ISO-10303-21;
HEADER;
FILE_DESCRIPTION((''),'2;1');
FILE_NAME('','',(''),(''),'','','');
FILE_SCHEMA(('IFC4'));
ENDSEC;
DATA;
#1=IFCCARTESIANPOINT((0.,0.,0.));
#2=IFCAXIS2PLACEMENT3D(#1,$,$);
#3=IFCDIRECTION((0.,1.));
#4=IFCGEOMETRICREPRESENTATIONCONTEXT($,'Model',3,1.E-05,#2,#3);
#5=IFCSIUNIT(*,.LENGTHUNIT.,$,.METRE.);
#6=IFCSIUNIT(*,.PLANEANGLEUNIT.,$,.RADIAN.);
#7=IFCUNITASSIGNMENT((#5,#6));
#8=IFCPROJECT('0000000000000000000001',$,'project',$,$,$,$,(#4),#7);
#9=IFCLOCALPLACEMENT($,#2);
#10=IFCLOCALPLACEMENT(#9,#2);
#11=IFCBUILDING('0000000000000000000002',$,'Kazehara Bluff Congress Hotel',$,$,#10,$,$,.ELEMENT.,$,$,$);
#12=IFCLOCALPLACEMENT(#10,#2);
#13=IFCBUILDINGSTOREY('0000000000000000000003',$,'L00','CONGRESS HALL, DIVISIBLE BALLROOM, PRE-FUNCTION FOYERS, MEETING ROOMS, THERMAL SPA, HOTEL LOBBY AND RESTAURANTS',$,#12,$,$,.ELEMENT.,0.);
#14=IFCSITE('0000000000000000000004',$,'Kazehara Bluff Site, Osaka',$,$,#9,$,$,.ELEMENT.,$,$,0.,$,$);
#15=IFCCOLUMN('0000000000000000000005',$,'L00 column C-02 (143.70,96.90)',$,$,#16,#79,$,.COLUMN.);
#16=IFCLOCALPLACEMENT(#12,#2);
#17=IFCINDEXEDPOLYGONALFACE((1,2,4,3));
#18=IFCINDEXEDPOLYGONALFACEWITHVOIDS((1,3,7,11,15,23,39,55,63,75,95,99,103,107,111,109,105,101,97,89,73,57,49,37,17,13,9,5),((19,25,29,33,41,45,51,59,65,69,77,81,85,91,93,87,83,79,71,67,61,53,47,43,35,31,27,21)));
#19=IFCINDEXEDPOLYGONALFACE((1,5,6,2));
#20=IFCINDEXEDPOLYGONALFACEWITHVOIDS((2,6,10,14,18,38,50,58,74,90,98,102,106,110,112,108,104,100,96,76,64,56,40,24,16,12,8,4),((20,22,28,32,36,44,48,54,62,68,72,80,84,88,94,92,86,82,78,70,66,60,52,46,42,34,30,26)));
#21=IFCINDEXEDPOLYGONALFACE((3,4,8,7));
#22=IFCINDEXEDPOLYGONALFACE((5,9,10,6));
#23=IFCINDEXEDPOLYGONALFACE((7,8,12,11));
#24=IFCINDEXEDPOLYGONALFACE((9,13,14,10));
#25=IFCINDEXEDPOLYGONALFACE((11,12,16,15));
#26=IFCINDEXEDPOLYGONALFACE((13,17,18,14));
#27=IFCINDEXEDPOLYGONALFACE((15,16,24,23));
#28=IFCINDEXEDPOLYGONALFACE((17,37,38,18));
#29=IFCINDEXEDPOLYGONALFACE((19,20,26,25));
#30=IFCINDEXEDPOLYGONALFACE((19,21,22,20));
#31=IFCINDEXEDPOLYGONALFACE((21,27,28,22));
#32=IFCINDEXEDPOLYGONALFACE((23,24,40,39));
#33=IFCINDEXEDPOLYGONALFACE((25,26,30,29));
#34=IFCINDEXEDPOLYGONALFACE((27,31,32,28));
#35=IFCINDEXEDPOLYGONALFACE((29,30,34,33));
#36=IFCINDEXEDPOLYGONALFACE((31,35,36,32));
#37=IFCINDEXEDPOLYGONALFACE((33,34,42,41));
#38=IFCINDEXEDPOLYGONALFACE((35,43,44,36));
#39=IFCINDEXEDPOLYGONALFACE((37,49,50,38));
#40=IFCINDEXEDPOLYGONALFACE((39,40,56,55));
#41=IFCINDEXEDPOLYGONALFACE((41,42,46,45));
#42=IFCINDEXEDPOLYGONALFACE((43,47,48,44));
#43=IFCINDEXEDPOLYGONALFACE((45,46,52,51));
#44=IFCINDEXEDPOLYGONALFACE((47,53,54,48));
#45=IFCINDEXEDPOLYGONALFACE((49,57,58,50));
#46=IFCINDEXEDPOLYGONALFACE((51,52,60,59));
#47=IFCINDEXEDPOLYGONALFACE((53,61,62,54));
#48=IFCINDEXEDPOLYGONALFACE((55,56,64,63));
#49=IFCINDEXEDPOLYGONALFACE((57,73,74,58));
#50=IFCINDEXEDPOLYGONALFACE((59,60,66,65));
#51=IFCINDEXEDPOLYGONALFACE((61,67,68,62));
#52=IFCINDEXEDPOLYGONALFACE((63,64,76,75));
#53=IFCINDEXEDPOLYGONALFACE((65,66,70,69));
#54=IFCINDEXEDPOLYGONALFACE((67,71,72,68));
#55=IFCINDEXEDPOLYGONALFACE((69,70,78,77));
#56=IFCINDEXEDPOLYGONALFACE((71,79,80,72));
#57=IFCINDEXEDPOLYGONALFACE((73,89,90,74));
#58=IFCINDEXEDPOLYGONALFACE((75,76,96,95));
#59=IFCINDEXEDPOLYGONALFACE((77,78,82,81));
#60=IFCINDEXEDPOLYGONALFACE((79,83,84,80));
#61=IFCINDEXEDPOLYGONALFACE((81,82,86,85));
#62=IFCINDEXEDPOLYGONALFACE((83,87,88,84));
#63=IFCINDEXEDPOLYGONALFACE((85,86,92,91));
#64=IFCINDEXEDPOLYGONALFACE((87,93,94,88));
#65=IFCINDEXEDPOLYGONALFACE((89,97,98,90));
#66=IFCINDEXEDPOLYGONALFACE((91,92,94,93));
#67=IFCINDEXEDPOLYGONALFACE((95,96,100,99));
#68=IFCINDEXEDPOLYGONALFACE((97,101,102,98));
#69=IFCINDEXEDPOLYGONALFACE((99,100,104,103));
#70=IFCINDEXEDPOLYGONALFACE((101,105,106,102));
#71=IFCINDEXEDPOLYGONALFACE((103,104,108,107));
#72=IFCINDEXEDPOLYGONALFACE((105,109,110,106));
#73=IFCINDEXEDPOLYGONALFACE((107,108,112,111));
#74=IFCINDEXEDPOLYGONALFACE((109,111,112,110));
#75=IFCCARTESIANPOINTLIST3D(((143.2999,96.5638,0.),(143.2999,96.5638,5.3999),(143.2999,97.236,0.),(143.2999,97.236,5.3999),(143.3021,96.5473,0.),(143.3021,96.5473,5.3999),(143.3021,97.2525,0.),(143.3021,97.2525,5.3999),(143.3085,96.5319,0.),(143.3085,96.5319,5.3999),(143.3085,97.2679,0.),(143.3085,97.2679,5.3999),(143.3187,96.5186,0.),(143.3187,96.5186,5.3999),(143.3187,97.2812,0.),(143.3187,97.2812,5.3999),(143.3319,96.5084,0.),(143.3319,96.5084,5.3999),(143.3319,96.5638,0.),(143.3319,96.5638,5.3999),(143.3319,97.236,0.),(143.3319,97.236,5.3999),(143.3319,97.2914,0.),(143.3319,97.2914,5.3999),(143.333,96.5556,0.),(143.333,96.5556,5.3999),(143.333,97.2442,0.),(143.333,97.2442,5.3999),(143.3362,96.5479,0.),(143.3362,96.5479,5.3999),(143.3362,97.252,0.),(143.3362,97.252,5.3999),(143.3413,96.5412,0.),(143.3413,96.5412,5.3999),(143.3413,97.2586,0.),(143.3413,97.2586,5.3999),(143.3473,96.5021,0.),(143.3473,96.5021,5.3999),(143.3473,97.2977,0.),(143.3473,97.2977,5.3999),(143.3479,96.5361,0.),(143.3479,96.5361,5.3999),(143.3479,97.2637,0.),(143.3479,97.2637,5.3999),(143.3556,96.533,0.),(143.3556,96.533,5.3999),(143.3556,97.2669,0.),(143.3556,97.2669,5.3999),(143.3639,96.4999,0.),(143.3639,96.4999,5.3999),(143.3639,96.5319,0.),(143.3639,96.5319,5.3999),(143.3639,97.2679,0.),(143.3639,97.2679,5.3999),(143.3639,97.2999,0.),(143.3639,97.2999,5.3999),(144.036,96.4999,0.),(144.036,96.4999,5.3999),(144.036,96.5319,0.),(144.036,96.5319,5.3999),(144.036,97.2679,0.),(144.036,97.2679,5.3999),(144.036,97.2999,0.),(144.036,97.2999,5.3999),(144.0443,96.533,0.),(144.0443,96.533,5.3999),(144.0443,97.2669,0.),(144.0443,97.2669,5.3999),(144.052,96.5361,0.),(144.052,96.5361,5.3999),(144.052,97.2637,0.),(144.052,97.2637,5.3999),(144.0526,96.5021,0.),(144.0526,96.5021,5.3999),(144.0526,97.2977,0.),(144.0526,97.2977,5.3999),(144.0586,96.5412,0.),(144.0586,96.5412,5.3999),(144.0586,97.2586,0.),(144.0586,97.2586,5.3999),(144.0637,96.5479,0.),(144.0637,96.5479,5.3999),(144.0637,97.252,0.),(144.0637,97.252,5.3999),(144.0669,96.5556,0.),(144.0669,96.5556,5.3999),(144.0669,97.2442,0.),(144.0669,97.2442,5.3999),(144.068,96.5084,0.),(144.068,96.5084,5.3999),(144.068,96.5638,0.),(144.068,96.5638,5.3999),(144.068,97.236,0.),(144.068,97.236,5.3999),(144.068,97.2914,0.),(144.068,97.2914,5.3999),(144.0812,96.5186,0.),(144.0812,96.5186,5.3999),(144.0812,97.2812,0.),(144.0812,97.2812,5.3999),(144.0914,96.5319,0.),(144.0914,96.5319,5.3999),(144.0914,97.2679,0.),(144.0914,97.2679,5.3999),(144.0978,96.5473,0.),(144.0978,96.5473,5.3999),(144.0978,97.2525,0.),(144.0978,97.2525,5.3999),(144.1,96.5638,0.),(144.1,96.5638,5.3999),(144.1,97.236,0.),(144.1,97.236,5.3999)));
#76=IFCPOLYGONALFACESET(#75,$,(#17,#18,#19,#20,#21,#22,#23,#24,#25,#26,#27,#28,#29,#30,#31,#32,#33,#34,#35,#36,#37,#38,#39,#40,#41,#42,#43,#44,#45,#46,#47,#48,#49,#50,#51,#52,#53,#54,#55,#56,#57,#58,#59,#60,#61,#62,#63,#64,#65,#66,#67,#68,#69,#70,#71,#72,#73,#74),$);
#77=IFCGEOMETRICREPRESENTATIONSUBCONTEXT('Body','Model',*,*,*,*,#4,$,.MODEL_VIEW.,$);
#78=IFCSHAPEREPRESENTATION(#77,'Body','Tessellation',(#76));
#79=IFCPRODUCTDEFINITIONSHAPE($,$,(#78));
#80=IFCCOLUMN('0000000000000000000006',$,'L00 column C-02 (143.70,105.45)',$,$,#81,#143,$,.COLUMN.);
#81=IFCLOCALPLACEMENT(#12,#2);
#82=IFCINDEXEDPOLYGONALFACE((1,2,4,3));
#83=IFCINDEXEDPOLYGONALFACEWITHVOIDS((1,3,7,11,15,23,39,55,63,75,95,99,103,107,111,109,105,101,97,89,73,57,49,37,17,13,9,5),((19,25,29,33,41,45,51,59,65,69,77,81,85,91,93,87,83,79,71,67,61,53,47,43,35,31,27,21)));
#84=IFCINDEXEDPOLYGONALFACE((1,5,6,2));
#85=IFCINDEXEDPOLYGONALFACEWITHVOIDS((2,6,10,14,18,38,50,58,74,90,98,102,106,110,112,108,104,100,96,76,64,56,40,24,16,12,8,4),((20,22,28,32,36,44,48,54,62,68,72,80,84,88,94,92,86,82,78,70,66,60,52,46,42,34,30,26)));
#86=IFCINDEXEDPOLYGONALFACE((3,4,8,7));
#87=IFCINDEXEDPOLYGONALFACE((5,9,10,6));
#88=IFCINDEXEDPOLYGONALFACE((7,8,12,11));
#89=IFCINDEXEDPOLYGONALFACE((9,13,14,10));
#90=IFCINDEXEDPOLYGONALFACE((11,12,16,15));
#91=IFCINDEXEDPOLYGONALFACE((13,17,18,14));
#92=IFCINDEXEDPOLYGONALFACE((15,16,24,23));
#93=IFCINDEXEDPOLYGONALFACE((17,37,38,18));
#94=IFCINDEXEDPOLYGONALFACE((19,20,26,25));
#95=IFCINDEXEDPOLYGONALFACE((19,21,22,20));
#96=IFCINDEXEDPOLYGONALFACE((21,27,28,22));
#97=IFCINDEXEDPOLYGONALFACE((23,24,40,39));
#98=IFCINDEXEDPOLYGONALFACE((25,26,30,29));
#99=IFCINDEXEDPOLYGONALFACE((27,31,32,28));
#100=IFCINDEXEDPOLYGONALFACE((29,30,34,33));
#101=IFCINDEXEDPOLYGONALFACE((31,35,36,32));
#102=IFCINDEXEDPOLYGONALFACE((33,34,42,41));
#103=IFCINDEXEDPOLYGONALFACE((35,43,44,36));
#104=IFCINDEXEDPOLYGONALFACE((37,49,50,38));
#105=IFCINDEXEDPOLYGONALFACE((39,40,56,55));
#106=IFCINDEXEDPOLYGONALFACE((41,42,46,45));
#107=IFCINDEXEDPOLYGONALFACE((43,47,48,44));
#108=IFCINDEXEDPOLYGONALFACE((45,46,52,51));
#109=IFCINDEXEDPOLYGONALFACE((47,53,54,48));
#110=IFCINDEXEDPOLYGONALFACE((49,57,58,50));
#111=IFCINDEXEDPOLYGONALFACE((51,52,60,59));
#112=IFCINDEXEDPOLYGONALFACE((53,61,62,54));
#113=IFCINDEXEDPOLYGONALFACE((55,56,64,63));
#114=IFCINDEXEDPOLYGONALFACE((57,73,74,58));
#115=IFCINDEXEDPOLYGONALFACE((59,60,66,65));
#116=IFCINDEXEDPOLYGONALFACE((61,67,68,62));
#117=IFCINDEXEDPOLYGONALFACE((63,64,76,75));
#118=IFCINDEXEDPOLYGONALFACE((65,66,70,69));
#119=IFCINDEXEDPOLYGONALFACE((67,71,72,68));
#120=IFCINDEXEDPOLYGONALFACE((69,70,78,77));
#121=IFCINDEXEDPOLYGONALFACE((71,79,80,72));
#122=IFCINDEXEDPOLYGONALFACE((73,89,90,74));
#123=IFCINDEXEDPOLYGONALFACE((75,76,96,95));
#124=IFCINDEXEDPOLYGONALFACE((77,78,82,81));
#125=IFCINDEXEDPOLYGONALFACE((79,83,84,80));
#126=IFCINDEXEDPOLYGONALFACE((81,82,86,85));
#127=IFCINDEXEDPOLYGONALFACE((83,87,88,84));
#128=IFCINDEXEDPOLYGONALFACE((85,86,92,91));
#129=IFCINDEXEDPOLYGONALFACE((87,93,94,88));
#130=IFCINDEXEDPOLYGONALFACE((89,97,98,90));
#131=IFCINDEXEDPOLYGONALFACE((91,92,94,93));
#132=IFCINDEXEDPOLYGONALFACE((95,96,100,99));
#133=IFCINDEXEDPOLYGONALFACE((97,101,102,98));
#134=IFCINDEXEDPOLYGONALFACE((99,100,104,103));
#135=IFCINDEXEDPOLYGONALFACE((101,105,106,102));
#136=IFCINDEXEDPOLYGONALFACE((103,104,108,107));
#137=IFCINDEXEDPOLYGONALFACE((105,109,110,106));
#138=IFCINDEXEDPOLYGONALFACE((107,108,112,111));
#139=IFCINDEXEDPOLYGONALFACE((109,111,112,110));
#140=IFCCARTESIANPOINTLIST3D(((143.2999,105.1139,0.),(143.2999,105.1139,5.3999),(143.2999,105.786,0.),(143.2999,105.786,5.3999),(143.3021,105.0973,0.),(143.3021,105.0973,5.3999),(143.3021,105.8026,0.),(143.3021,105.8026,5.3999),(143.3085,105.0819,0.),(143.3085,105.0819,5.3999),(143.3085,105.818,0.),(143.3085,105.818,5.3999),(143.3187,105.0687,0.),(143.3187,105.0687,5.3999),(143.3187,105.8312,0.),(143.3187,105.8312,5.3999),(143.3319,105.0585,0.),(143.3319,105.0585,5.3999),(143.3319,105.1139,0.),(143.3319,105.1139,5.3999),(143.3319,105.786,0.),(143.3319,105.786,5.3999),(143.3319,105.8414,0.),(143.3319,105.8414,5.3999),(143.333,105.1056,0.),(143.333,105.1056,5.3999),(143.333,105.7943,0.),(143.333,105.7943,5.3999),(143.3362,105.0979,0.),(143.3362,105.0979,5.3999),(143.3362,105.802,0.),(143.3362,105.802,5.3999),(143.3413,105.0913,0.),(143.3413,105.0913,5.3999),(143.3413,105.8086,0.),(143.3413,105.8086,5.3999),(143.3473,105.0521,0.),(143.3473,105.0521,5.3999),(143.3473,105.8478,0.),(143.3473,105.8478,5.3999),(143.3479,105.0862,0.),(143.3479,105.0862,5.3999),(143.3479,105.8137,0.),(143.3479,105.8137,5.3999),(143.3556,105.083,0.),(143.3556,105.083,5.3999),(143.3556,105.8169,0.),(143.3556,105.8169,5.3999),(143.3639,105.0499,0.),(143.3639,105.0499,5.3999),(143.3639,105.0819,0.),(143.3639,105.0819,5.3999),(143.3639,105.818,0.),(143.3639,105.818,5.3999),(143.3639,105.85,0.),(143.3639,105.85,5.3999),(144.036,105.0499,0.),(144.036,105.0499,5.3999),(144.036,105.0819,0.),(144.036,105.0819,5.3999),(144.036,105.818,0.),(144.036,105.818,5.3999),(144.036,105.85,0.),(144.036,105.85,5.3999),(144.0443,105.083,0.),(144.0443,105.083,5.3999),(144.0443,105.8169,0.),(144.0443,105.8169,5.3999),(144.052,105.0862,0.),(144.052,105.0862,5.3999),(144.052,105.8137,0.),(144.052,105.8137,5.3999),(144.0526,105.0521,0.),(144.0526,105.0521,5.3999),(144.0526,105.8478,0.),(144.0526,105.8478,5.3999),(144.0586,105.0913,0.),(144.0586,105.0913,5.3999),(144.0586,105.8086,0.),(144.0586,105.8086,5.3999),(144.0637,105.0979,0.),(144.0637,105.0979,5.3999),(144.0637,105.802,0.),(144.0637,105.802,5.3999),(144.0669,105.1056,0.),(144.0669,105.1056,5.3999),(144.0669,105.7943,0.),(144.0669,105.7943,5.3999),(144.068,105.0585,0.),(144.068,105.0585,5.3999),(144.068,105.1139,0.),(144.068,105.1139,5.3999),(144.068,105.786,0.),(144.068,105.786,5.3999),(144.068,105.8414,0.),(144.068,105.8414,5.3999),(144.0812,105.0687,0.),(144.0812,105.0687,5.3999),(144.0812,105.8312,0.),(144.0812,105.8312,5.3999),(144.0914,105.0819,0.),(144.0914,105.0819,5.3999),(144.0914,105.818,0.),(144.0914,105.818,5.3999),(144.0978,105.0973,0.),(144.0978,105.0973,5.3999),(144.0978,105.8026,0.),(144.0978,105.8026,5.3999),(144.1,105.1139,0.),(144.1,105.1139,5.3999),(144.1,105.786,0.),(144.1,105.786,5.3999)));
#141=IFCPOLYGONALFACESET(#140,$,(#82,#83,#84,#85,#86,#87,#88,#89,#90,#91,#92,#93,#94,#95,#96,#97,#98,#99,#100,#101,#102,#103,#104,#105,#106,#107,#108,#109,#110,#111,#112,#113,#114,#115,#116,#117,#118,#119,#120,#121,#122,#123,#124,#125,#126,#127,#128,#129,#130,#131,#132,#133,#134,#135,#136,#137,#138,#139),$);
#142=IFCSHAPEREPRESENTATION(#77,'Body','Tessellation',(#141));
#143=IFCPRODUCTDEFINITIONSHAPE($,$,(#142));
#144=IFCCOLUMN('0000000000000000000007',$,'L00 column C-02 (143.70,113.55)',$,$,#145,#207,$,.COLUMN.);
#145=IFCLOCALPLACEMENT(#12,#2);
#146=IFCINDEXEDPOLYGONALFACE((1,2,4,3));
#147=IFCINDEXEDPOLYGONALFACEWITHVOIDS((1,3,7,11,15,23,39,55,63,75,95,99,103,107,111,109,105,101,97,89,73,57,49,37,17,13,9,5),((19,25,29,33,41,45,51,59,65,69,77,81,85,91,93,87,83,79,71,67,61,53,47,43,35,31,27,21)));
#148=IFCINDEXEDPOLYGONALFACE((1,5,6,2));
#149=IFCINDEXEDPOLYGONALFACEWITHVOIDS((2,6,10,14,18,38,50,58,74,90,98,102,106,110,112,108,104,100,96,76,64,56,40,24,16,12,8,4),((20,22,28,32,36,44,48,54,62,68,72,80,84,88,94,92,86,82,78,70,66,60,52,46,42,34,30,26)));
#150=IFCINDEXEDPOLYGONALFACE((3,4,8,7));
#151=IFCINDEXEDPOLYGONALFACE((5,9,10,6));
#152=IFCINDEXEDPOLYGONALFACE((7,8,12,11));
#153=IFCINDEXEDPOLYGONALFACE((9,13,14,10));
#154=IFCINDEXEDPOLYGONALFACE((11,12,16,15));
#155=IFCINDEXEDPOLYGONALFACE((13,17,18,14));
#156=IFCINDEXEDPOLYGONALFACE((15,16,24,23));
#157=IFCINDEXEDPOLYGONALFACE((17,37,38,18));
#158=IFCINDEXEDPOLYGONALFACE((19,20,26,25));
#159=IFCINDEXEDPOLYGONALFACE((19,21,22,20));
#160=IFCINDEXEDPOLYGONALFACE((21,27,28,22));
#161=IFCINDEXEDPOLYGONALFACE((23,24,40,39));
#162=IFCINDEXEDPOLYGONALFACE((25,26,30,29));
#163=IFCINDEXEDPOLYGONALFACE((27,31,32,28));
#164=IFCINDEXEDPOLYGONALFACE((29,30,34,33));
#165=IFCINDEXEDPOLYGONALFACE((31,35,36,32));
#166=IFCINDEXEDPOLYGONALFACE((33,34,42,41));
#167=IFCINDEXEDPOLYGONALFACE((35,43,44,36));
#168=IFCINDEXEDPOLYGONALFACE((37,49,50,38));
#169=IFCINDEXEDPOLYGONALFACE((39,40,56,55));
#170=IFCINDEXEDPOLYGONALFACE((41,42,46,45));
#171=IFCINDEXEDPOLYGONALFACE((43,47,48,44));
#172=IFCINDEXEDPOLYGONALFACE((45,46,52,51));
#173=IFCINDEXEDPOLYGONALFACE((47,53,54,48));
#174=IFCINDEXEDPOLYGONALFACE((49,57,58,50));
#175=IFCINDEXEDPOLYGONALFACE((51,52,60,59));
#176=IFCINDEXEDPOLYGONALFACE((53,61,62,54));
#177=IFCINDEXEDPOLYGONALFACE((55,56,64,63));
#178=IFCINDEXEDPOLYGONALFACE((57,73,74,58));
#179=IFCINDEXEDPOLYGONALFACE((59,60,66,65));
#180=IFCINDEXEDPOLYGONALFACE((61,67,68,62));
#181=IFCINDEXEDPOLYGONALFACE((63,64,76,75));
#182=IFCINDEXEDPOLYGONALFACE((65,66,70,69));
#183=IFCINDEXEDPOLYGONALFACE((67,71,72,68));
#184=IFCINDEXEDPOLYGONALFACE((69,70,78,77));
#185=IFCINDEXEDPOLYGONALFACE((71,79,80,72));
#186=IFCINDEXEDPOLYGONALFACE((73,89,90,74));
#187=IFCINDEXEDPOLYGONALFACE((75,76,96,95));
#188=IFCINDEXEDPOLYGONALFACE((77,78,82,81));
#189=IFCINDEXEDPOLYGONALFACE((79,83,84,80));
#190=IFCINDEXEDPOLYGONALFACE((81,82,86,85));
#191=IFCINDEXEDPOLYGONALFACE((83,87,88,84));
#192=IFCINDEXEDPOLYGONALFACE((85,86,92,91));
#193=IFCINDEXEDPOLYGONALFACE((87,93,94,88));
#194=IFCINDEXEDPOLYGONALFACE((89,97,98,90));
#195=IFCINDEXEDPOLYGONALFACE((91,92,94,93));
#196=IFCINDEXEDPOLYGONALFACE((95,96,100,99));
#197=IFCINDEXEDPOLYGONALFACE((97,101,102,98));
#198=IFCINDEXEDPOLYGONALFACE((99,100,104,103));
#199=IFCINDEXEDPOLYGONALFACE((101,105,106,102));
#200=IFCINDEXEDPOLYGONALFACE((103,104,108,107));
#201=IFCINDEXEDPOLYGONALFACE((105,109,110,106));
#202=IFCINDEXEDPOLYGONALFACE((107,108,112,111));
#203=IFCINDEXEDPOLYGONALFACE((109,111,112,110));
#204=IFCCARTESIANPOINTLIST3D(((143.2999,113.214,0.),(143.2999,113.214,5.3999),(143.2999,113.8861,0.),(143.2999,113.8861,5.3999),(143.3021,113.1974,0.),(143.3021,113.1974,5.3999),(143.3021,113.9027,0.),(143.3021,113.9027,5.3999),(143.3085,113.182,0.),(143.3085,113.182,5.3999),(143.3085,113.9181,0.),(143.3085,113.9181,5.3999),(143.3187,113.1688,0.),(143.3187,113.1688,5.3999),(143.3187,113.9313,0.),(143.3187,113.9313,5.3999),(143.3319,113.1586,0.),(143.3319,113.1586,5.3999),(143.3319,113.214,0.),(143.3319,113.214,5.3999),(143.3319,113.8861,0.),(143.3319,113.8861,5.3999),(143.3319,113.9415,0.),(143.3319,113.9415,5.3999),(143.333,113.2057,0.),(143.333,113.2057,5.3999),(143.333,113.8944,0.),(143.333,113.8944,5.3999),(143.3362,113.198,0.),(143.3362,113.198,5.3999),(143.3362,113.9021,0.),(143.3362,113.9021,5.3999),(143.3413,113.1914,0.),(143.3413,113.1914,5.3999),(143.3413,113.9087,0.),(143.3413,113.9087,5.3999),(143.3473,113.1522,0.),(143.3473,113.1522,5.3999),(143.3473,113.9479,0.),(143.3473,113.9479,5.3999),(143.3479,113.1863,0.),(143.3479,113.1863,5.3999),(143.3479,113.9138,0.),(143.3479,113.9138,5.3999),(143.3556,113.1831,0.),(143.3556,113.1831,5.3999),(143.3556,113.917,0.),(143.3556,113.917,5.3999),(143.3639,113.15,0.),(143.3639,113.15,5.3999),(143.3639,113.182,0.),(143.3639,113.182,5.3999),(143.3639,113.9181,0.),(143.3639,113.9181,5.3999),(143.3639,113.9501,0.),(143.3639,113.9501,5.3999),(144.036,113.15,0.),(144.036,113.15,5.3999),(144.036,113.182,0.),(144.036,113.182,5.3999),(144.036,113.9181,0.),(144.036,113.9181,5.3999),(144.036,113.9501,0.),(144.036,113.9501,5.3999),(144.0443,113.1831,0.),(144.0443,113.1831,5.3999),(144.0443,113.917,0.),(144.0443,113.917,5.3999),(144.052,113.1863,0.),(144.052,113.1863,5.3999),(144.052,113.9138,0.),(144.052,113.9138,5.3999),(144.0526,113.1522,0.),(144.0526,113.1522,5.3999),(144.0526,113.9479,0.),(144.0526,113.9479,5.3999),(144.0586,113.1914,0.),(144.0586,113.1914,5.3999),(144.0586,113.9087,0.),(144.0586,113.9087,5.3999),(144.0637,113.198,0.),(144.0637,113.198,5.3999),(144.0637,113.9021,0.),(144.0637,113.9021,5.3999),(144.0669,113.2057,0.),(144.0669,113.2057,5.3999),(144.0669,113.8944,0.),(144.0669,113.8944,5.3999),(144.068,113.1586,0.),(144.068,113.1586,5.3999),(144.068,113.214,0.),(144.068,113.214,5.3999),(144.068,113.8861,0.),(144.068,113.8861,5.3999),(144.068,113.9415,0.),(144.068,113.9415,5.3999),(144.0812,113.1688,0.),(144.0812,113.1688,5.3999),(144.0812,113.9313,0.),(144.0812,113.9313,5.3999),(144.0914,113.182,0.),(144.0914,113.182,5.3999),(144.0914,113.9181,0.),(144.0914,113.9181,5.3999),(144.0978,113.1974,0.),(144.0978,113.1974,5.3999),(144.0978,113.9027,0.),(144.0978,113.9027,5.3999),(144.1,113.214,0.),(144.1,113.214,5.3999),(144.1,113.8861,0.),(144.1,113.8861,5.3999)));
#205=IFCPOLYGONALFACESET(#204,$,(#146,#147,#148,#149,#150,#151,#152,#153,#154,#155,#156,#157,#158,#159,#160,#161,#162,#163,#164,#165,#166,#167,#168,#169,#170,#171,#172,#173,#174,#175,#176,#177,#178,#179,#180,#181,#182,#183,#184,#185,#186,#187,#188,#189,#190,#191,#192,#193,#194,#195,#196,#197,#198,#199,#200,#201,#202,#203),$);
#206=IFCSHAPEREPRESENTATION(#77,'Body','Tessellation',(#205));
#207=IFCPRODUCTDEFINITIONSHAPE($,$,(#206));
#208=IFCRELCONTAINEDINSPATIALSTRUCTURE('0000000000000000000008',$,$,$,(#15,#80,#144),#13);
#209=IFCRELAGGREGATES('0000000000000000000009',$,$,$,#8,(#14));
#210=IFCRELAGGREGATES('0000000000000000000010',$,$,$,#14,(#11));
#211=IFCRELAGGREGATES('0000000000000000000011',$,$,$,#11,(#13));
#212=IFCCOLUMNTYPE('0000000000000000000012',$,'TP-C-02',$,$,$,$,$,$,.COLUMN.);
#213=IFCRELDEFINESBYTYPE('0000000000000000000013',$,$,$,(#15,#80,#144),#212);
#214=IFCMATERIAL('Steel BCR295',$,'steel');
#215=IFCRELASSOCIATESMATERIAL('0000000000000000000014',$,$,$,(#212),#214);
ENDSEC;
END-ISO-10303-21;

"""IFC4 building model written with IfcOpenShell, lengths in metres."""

from ifc_helpers import new_model, si_unit, direction, frame, origin, origin_2d, place, context, subcontext, project, spatial, hollow_rectangle, extrude, material, material_profile, profile_set, type_object, element, save


model = new_model("IFC4")

# Units and contexts
model_context = context("Model", 3, precision=1e-05, world=origin(), true_north=direction((0.0, 1.0)))
body_context = subcontext(model_context, "Body", "Model", "MODEL_VIEW")
ifc_project = project(units=[si_unit("LENGTHUNIT", "METRE"), si_unit("PLANEANGLEUNIT", "RADIAN")], contexts=[model_context])

# Site, building, storey
site_placement = place(None, origin())
site = spatial("IfcSite", under=ifc_project, at=site_placement, Name="Kazehara Bluff Site, Osaka", CompositionType="ELEMENT", RefElevation=0.0)
building_placement = place(site_placement, origin())
building = spatial("IfcBuilding", under=site, at=building_placement, Name="Kazehara Bluff Congress Hotel", CompositionType="ELEMENT")
storey_placement = place(building_placement, origin())
storey = spatial("IfcBuildingStorey", under=building, at=storey_placement, Name="L00", Description="CONGRESS HALL, DIVISIBLE BALLROOM, PRE-FUNCTION FOYERS, MEETING ROOMS, THERMAL SPA, HOTEL LOBBY AND RESTAURANTS", CompositionType="ELEMENT", Elevation=0.0)

# Columns
ifc_material_1 = material(Name="Steel BCR295", Category="steel")
ifc_material_profile_1 = material_profile(ifc_material_1, hollow_rectangle(XDim=0.8, YDim=0.8, WallThickness=0.032, InnerFilletRadius=0.032, OuterFilletRadius=0.064, at=origin_2d()))
ifc_profile_set_1 = profile_set([ifc_material_profile_1], Name="Steel BCR295")
column_type = type_object("IfcColumnType", Name="TP-C-02", PredefinedType="COLUMN", material=ifc_profile_set_1)
for number, where, z_axis, x_axis, name in (
    (1, (143.7, 96.8999, 0.0), (0.0, 0.0, 1.0), (1.0, 0.0, 0.0), "L00 column C-02 (143.70,96.90)"),
    (2, (143.7, 105.45, 0.0), (0.0, 0.0, 1.0), (1.0, 0.0, 0.0), "L00 column C-02 (143.70,105.45)"),
    (3, (143.7, 113.55, 0.0), (0.0, 0.0, 1.0), (1.0, 0.0, 0.0), "L00 column C-02 (143.70,113.55)"),
):
    element("IfcColumn", number, at=place(storey_placement, frame(where, z_axis=z_axis, x_axis=x_axis)), inside=storey, type_object=column_type, Name=name, PredefinedType="COLUMN", context=body_context, shape_type="SweptSolid", body=[
        extrude(hollow_rectangle(XDim=0.8, YDim=0.8, WallThickness=0.032, InnerFilletRadius=0.032, OuterFilletRadius=0.064, at=origin_2d()), origin(), (0.0, 0.0, 1.0), 5.3999),
    ])

save(model, "model.ifc")
